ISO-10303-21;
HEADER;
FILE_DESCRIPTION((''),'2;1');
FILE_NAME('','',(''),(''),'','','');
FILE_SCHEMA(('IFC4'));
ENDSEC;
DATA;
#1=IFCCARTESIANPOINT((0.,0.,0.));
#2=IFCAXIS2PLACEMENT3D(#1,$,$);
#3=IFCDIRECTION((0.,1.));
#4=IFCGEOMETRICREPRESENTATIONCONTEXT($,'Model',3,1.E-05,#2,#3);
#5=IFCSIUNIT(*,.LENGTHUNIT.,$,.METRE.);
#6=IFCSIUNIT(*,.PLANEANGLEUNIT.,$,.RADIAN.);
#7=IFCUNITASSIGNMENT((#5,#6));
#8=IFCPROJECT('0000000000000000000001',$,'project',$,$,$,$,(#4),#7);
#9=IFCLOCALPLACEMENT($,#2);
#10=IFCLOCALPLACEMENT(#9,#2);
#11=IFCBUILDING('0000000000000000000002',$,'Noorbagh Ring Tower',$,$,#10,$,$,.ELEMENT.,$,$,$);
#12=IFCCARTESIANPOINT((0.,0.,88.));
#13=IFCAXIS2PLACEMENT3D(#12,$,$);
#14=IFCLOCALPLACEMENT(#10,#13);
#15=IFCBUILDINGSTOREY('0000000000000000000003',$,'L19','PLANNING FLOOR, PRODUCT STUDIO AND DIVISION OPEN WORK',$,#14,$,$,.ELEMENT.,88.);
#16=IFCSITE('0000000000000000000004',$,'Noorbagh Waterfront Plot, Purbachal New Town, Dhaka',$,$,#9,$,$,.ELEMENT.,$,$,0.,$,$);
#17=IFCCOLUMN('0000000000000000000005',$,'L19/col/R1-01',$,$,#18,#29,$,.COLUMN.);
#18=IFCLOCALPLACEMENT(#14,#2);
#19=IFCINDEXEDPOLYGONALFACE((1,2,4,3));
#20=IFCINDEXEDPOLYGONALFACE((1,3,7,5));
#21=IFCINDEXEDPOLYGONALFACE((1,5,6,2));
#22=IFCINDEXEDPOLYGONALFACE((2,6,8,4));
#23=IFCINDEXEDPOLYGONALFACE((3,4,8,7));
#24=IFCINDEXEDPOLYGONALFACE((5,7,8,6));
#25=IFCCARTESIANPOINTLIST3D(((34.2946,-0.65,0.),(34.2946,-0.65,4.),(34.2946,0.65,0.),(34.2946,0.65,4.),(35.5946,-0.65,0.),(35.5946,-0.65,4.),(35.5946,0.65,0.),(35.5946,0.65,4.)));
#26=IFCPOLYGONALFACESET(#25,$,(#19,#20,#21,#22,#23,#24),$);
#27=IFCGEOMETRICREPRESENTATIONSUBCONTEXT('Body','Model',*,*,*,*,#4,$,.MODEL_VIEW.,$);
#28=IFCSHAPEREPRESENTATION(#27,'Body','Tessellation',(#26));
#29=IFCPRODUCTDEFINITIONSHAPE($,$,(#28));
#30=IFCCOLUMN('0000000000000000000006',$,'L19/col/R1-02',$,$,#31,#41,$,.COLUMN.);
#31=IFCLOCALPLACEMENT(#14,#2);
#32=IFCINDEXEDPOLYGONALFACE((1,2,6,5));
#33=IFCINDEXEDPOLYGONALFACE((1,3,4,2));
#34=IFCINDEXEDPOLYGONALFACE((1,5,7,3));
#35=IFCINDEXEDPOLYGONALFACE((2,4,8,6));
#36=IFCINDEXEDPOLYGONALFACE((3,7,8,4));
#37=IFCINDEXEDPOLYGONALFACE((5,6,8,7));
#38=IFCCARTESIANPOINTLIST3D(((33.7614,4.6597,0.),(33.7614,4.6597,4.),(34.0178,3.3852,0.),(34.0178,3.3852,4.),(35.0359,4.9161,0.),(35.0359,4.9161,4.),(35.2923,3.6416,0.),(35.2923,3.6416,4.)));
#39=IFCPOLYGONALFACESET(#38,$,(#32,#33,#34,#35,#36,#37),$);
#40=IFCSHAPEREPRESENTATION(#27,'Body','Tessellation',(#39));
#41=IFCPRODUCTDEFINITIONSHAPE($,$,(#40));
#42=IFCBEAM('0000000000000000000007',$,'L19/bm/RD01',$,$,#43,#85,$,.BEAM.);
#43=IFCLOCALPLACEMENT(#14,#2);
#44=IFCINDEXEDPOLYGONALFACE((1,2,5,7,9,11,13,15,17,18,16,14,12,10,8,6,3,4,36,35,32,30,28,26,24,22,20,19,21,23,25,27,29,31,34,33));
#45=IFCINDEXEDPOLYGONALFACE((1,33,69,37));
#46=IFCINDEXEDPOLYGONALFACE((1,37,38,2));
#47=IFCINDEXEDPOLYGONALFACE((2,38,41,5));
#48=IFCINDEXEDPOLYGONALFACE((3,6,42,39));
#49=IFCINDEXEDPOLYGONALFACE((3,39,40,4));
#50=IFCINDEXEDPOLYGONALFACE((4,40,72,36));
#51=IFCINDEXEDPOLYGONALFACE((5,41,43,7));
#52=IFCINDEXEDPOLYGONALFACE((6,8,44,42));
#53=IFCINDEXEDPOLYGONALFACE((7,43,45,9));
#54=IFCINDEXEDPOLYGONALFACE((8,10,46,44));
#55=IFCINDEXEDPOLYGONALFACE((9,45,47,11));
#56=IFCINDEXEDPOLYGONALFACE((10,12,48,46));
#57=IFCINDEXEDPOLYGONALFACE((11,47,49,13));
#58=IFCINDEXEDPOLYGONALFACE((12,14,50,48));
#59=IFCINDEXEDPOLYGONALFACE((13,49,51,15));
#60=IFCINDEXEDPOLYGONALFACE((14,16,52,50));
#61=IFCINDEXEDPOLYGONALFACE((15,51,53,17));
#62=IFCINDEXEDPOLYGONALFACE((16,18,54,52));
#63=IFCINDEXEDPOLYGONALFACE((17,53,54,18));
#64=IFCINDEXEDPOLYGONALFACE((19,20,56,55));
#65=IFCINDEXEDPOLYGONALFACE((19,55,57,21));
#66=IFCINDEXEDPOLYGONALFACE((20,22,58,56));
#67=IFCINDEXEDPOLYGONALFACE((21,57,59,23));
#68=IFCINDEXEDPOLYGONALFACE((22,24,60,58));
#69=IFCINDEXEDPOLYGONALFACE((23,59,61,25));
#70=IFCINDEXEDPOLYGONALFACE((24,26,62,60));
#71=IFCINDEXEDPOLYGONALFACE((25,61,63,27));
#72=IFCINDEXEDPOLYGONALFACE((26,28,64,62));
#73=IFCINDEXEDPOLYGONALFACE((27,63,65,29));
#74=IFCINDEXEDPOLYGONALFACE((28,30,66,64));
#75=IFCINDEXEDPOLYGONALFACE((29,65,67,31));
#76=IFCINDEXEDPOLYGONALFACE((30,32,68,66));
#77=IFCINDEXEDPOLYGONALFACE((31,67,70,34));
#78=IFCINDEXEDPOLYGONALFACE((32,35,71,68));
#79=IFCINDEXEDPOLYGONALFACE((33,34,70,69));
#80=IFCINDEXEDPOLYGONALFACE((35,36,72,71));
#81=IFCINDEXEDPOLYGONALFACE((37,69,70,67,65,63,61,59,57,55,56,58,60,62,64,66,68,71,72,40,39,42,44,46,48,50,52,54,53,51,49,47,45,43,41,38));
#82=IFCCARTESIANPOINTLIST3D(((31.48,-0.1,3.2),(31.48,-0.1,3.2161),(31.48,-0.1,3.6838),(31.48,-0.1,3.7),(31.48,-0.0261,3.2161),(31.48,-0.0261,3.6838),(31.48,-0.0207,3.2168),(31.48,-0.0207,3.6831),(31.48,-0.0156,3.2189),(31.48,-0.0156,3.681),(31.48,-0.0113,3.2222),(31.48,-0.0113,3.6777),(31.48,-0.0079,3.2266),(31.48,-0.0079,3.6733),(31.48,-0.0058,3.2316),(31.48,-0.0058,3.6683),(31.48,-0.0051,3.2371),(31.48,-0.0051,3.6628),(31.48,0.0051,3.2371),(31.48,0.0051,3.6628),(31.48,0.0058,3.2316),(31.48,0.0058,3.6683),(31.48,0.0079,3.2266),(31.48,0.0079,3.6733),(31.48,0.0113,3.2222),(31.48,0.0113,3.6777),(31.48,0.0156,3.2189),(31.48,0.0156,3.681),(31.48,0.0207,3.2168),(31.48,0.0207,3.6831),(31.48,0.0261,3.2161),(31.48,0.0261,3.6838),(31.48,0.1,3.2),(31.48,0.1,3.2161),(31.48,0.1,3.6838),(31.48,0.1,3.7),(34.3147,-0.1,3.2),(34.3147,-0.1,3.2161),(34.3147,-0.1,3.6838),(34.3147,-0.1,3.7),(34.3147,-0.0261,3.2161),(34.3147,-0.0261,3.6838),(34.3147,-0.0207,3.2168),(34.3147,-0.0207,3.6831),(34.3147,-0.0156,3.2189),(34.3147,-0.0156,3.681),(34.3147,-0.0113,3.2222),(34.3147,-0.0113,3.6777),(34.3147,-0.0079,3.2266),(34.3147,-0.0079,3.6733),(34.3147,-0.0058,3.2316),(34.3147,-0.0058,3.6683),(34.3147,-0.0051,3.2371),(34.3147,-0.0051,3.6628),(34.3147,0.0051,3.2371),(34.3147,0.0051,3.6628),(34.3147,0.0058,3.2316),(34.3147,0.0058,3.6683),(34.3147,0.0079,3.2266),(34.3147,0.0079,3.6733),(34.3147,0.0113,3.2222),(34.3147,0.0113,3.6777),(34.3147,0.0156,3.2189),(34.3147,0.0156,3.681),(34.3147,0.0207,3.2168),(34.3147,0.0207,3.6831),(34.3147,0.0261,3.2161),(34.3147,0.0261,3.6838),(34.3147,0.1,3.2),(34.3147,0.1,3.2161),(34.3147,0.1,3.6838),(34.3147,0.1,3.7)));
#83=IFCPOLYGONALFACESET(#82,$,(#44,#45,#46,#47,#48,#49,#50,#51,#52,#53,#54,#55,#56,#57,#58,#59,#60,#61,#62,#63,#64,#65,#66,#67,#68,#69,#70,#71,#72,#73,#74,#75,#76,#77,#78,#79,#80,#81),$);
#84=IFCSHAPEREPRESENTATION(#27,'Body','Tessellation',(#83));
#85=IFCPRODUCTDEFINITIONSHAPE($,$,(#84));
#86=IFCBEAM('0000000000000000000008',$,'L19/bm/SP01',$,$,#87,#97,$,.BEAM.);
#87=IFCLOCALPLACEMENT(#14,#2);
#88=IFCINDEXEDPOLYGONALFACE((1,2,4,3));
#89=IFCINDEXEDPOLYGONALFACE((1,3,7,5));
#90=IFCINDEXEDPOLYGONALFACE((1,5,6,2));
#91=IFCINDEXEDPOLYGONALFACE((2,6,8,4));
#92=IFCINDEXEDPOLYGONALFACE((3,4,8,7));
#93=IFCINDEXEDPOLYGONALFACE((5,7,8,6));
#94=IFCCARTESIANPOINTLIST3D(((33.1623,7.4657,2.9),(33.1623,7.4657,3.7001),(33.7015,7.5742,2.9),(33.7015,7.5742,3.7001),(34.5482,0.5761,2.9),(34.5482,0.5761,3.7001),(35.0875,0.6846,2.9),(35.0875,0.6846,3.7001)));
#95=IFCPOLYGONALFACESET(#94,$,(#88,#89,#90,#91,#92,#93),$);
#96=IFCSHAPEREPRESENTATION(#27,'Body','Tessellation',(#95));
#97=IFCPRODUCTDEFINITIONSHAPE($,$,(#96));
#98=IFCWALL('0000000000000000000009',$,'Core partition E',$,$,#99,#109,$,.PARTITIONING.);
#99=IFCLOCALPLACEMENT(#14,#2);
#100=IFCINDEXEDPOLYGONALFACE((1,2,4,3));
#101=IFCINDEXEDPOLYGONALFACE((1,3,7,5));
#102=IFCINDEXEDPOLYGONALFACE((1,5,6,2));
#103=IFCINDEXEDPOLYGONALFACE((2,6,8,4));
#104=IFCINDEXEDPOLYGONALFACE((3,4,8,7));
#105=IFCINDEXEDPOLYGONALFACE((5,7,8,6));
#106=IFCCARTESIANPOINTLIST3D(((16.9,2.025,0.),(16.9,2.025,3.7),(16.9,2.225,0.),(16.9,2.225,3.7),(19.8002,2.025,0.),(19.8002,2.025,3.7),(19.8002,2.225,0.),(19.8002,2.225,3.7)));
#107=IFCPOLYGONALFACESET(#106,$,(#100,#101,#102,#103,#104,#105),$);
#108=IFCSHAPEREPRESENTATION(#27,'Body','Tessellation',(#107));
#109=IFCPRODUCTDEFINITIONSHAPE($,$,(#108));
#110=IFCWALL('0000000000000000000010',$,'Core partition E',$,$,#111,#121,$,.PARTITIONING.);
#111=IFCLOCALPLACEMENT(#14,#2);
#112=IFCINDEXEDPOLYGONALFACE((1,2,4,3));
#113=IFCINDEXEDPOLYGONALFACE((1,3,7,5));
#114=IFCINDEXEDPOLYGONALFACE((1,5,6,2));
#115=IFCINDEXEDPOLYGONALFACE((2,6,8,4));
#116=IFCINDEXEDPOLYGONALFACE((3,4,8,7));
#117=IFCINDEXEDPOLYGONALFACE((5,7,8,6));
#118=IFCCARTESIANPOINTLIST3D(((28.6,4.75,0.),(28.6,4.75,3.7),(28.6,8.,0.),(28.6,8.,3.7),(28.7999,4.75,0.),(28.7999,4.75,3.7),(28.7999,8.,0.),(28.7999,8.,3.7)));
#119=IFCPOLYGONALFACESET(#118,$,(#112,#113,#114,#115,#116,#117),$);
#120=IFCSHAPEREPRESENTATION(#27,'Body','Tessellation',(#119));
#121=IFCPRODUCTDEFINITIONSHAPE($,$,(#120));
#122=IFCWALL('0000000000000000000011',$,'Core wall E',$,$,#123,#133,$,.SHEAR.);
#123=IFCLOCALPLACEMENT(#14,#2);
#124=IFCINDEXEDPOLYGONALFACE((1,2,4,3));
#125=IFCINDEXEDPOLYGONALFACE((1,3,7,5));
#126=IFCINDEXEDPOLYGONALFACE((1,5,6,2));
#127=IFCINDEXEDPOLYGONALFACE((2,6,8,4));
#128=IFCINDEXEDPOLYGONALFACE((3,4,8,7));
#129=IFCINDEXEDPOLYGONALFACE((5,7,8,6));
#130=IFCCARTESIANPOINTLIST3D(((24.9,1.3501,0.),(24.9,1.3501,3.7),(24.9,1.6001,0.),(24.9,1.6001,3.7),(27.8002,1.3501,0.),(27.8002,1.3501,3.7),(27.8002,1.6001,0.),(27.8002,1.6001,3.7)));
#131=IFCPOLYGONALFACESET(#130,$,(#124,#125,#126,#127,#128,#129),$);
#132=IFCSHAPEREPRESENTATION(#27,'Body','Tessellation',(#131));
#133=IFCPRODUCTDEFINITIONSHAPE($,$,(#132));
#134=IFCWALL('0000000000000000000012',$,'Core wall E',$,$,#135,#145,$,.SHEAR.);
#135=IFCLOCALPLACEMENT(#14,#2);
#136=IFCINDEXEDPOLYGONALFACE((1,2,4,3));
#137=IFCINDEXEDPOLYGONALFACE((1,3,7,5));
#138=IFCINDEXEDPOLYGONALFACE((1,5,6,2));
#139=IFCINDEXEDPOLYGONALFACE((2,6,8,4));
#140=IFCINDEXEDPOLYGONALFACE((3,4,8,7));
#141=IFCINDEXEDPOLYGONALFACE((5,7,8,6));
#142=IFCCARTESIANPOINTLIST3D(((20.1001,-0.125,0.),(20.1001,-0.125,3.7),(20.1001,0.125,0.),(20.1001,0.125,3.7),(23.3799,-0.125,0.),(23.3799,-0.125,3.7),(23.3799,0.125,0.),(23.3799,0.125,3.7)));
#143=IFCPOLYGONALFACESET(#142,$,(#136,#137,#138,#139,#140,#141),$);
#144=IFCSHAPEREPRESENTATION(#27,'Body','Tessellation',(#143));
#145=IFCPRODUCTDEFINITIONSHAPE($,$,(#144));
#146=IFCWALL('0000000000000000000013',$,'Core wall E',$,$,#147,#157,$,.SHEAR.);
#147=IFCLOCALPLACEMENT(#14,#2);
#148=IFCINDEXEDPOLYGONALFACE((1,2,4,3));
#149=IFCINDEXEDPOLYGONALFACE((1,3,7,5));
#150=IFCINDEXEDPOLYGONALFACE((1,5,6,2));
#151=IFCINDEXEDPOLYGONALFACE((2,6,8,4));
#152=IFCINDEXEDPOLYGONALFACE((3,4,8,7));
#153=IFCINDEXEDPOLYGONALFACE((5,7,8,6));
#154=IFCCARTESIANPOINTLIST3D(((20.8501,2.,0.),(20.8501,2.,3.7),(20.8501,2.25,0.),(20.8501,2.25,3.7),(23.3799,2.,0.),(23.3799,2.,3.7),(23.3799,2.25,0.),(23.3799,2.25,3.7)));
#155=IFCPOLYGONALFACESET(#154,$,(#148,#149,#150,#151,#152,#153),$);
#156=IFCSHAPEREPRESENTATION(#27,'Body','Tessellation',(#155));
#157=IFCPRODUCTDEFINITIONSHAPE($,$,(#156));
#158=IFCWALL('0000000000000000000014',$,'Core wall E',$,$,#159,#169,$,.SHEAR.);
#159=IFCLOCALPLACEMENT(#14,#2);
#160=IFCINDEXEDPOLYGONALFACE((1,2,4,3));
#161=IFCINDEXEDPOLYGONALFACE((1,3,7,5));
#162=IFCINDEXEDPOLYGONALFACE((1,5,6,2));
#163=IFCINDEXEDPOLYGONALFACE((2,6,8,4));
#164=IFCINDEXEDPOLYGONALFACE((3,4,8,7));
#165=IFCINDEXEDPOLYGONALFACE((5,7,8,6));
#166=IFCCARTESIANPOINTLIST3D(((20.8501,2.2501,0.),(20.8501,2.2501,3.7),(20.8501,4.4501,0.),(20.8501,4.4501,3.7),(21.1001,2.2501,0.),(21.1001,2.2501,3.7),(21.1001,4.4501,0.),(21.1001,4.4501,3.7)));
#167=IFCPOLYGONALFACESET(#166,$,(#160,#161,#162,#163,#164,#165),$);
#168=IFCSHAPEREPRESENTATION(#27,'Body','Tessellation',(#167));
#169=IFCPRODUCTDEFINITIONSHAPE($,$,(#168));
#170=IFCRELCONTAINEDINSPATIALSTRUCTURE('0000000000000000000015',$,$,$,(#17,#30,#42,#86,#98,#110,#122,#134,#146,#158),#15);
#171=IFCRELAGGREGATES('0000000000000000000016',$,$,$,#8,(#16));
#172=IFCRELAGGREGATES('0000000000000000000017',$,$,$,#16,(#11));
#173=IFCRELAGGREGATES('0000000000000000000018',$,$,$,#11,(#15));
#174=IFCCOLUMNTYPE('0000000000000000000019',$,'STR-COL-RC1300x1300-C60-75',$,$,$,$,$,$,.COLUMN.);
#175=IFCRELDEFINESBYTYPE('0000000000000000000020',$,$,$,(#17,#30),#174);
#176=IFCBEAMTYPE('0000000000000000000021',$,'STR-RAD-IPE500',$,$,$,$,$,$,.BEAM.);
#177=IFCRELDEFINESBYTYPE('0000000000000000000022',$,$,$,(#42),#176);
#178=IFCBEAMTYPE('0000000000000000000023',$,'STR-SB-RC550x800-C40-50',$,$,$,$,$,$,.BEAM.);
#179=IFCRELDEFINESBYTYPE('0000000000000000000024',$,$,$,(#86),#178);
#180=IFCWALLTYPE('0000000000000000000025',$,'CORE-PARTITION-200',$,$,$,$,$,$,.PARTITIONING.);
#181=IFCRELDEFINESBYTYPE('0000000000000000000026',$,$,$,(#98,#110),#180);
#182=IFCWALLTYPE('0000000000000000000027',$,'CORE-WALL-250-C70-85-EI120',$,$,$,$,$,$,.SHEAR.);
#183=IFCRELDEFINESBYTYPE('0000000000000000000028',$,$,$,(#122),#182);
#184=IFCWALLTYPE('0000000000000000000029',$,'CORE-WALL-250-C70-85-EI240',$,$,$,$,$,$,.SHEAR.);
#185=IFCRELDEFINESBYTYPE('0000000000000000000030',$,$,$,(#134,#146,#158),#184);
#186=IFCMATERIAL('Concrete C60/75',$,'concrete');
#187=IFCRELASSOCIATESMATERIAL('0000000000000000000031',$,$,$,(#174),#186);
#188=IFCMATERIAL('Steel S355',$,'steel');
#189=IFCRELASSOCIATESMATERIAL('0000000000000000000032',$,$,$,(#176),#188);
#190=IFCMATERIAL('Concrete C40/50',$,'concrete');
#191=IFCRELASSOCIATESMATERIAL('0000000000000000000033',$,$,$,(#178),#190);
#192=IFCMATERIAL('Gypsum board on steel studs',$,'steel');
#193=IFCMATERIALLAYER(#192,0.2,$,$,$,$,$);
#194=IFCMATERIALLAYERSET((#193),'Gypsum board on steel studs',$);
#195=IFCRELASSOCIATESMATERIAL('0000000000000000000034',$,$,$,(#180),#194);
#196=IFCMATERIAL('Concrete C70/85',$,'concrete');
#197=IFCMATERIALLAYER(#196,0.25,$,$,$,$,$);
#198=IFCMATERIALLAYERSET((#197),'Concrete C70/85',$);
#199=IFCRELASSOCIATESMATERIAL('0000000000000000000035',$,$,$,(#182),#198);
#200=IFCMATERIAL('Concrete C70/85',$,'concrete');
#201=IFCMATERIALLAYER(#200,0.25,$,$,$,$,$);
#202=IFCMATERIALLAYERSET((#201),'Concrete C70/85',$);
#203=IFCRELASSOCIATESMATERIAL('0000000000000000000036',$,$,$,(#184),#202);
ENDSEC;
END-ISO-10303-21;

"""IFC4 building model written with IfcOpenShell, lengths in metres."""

from ifc_helpers import new_model, si_unit, direction, frame, frame_2d, origin, origin_2d, place, context, subcontext, project, spatial, rectangle, i_section, extrude, material, layer, layer_set, material_profile, profile_set, type_object, element, save


model = new_model("IFC4")

# Units and contexts
model_context = context("Model", 3, precision=1e-05, world=origin(), true_north=direction((0.0, 1.0)))
body_context = subcontext(model_context, "Body", "Model", "MODEL_VIEW")
ifc_project = project(units=[si_unit("LENGTHUNIT", "METRE"), si_unit("PLANEANGLEUNIT", "RADIAN")], contexts=[model_context])

# Site, building, storey
site_placement = place(None, origin())
site = spatial("IfcSite", under=ifc_project, at=site_placement, Name="Noorbagh Waterfront Plot, Purbachal New Town, Dhaka", CompositionType="ELEMENT", RefElevation=0.0)
building_placement = place(site_placement, origin())
building = spatial("IfcBuilding", under=site, at=building_placement, Name="Noorbagh Ring Tower", CompositionType="ELEMENT")
storey_placement = place(building_placement, frame((0.0, 0.0, 88.0)))
storey = spatial("IfcBuildingStorey", under=building, at=storey_placement, Name="L19", Description="PLANNING FLOOR, PRODUCT STUDIO AND DIVISION OPEN WORK", CompositionType="ELEMENT", Elevation=88.0)

# Columns
ifc_material_1 = material(Name="Concrete C60/75", Category="concrete")
ifc_material_profile_1 = material_profile(ifc_material_1, rectangle(XDim=1.3, YDim=1.3, at=origin_2d()), Name="RC1300x1300")
ifc_profile_set_1 = profile_set([ifc_material_profile_1], Name="Concrete C60/75")
column_type = type_object("IfcColumnType", Name="STR-COL-RC1300x1300-C60-75", PredefinedType="COLUMN", material=ifc_profile_set_1)
for number, where, z_axis, x_axis, name in (
    (1, (34.9446, 0.0, 0.0), (0.0, 0.0, 1.0), (0.0, 1.0, 0.0), "L19/col/R1-01"),
    (2, (34.5269, 4.1506, 0.0), (0.0, 0.0, 1.0), (-0.19723, 0.980357, 0.0), "L19/col/R1-02"),
):
    element("IfcColumn", number, at=place(storey_placement, frame(where, z_axis=z_axis, x_axis=x_axis)), inside=storey, type_object=column_type, Name=name, PredefinedType="COLUMN", context=body_context, shape_type="SweptSolid", body=[
        extrude(rectangle(XDim=1.3, YDim=1.3, at=origin_2d()), origin(), (0.0, 0.0, 1.0), 4.0),
    ])

# Beams
ifc_material_2 = material(Name="Steel S355", Category="steel")
ifc_material_profile_2 = material_profile(ifc_material_2, i_section(OverallWidth=0.2, OverallDepth=0.5, WebThickness=0.0103, FlangeThickness=0.0161, FilletRadius=0.021, at=origin_2d()), Name="IPE500")
ifc_profile_set_2 = profile_set([ifc_material_profile_2], Name="Steel S355")
beam_type_1 = type_object("IfcBeamType", Name="STR-RAD-IPE500", PredefinedType="BEAM", material=ifc_profile_set_2)
beam_1_placement = place(storey_placement, frame((34.3147, 0.0, 3.45), z_axis=(-1.0, 0.0, 0.0), x_axis=(0.0, -1.0, 0.0)))
element("IfcBeam", 3, at=beam_1_placement, inside=storey, type_object=beam_type_1, Name="L19/bm/RD01", PredefinedType="BEAM", context=body_context, shape_type="SweptSolid", body=[
    extrude(i_section(OverallWidth=0.2, OverallDepth=0.5, WebThickness=0.0103, FlangeThickness=0.0161, FilletRadius=0.021, at=origin_2d()), origin(), (0.0, 0.0, 1.0), 2.8347),
])
ifc_material_3 = material(Name="Concrete C40/50", Category="concrete")
ifc_material_profile_3 = material_profile(ifc_material_3, rectangle(XDim=0.55, YDim=0.8, at=origin_2d()), Name="RC550x800")
ifc_profile_set_3 = profile_set([ifc_material_profile_3], Name="Concrete C40/50")
beam_type_2 = type_object("IfcBeamType", Name="STR-SB-RC550x800-C40-50", PredefinedType="BEAM", material=ifc_profile_set_3)
beam_2_placement = place(storey_placement, frame((34.8179, 0.6304, 3.3), z_axis=(-0.197218, 0.98036, 0.0), x_axis=(-0.98036, -0.197218, 0.0)))
element("IfcBeam", 4, at=beam_2_placement, inside=storey, type_object=beam_type_2, Name="L19/bm/SP01", PredefinedType="BEAM", context=body_context, shape_type="SweptSolid", body=[
    extrude(rectangle(XDim=0.55, YDim=0.8, at=origin_2d()), origin(), (0.0, 0.0, 1.0), 7.0276),
])

# Walls
ifc_material_4 = material(Name="Gypsum board on steel studs", Category="steel")
ifc_layer_1 = layer(ifc_material_4, 0.2)
ifc_layer_set_1 = layer_set([ifc_layer_1], Name="Gypsum board on steel studs")
wall_type_1 = type_object("IfcWallType", Name="CORE-PARTITION-200", PredefinedType="PARTITIONING", material=ifc_layer_set_1)
wall_1_placement = place(storey_placement, frame((16.8999, 2.125, 0.0), z_axis=(0.0, 0.0, 1.0), x_axis=(1.0, 0.0, 0.0)))
element("IfcWall", 5, at=wall_1_placement, inside=storey, type_object=wall_type_1, Name="Core partition E", PredefinedType="PARTITIONING", context=body_context, shape_type="SweptSolid", body=[
    extrude(rectangle(XDim=2.9001, YDim=0.2, at=frame_2d((1.4502, 0.0))), origin(), (0.0, 0.0, 1.0), 3.7),
])
wall_2_placement = place(storey_placement, frame((28.7, 4.75, 0.0), z_axis=(0.0, 0.0, 1.0), x_axis=(0.0, 1.0, 0.0)))
element("IfcWall", 6, at=wall_2_placement, inside=storey, type_object=wall_type_1, Name="Core partition E", PredefinedType="PARTITIONING", context=body_context, shape_type="SweptSolid", body=[
    extrude(rectangle(XDim=3.25, YDim=0.2, at=frame_2d((1.625, 0.0))), origin(), (0.0, 0.0, 1.0), 3.7),
])
ifc_material_5 = material(Name="Concrete C70/85", Category="concrete")
ifc_layer_2 = layer(ifc_material_5, 0.25)
ifc_layer_set_2 = layer_set([ifc_layer_2], Name="Concrete C70/85")
wall_type_2 = type_object("IfcWallType", Name="CORE-WALL-250-C70-85-EI120", PredefinedType="SHEAR", material=ifc_layer_set_2)
wall_3_placement = place(storey_placement, frame((24.8999, 1.4751, 0.0), z_axis=(0.0, 0.0, 1.0), x_axis=(1.0, 0.0, 0.0)))
element("IfcWall", 7, at=wall_3_placement, inside=storey, type_object=wall_type_2, Name="Core wall E", PredefinedType="SHEAR", context=body_context, shape_type="SweptSolid", body=[
    extrude(rectangle(XDim=2.9001, YDim=0.25, at=frame_2d((1.4502, 0.0))), origin(), (0.0, 0.0, 1.0), 3.7),
])
ifc_material_6 = material(Name="Concrete C70/85", Category="concrete")
ifc_layer_3 = layer(ifc_material_6, 0.25)
ifc_layer_set_3 = layer_set([ifc_layer_3], Name="Concrete C70/85")
wall_type_3 = type_object("IfcWallType", Name="CORE-WALL-250-C70-85-EI240", PredefinedType="SHEAR", material=ifc_layer_set_3)
wall_4_placement = place(storey_placement, frame((20.1001, 0.0, 0.0), z_axis=(0.0, 0.0, 1.0), x_axis=(1.0, 0.0, 0.0)))
element("IfcWall", 8, at=wall_4_placement, inside=storey, type_object=wall_type_3, Name="Core wall E", PredefinedType="SHEAR", context=body_context, shape_type="SweptSolid", body=[
    extrude(rectangle(XDim=3.2798, YDim=0.25, at=frame_2d((1.6399, 0.0))), origin(), (0.0, 0.0, 1.0), 3.7),
])
wall_5_placement = place(storey_placement, frame((20.8501, 2.125, 0.0), z_axis=(0.0, 0.0, 1.0), x_axis=(1.0, 0.0, 0.0)))
element("IfcWall", 9, at=wall_5_placement, inside=storey, type_object=wall_type_3, Name="Core wall E", PredefinedType="SHEAR", context=body_context, shape_type="SweptSolid", body=[
    extrude(rectangle(XDim=2.5298, YDim=0.25, at=frame_2d((1.2649, 0.0))), origin(), (0.0, 0.0, 1.0), 3.7),
])
wall_6_placement = place(storey_placement, frame((20.9751, 2.25, 0.0), z_axis=(0.0, 0.0, 1.0), x_axis=(0.0, 1.0, 0.0)))
element("IfcWall", 10, at=wall_6_placement, inside=storey, type_object=wall_type_3, Name="Core wall E", PredefinedType="SHEAR", context=body_context, shape_type="SweptSolid", body=[
    extrude(rectangle(XDim=2.2, YDim=0.25, at=frame_2d((1.1001, 0.0))), origin(), (0.0, 0.0, 1.0), 3.7),
])

save(model, "model.ifc")
